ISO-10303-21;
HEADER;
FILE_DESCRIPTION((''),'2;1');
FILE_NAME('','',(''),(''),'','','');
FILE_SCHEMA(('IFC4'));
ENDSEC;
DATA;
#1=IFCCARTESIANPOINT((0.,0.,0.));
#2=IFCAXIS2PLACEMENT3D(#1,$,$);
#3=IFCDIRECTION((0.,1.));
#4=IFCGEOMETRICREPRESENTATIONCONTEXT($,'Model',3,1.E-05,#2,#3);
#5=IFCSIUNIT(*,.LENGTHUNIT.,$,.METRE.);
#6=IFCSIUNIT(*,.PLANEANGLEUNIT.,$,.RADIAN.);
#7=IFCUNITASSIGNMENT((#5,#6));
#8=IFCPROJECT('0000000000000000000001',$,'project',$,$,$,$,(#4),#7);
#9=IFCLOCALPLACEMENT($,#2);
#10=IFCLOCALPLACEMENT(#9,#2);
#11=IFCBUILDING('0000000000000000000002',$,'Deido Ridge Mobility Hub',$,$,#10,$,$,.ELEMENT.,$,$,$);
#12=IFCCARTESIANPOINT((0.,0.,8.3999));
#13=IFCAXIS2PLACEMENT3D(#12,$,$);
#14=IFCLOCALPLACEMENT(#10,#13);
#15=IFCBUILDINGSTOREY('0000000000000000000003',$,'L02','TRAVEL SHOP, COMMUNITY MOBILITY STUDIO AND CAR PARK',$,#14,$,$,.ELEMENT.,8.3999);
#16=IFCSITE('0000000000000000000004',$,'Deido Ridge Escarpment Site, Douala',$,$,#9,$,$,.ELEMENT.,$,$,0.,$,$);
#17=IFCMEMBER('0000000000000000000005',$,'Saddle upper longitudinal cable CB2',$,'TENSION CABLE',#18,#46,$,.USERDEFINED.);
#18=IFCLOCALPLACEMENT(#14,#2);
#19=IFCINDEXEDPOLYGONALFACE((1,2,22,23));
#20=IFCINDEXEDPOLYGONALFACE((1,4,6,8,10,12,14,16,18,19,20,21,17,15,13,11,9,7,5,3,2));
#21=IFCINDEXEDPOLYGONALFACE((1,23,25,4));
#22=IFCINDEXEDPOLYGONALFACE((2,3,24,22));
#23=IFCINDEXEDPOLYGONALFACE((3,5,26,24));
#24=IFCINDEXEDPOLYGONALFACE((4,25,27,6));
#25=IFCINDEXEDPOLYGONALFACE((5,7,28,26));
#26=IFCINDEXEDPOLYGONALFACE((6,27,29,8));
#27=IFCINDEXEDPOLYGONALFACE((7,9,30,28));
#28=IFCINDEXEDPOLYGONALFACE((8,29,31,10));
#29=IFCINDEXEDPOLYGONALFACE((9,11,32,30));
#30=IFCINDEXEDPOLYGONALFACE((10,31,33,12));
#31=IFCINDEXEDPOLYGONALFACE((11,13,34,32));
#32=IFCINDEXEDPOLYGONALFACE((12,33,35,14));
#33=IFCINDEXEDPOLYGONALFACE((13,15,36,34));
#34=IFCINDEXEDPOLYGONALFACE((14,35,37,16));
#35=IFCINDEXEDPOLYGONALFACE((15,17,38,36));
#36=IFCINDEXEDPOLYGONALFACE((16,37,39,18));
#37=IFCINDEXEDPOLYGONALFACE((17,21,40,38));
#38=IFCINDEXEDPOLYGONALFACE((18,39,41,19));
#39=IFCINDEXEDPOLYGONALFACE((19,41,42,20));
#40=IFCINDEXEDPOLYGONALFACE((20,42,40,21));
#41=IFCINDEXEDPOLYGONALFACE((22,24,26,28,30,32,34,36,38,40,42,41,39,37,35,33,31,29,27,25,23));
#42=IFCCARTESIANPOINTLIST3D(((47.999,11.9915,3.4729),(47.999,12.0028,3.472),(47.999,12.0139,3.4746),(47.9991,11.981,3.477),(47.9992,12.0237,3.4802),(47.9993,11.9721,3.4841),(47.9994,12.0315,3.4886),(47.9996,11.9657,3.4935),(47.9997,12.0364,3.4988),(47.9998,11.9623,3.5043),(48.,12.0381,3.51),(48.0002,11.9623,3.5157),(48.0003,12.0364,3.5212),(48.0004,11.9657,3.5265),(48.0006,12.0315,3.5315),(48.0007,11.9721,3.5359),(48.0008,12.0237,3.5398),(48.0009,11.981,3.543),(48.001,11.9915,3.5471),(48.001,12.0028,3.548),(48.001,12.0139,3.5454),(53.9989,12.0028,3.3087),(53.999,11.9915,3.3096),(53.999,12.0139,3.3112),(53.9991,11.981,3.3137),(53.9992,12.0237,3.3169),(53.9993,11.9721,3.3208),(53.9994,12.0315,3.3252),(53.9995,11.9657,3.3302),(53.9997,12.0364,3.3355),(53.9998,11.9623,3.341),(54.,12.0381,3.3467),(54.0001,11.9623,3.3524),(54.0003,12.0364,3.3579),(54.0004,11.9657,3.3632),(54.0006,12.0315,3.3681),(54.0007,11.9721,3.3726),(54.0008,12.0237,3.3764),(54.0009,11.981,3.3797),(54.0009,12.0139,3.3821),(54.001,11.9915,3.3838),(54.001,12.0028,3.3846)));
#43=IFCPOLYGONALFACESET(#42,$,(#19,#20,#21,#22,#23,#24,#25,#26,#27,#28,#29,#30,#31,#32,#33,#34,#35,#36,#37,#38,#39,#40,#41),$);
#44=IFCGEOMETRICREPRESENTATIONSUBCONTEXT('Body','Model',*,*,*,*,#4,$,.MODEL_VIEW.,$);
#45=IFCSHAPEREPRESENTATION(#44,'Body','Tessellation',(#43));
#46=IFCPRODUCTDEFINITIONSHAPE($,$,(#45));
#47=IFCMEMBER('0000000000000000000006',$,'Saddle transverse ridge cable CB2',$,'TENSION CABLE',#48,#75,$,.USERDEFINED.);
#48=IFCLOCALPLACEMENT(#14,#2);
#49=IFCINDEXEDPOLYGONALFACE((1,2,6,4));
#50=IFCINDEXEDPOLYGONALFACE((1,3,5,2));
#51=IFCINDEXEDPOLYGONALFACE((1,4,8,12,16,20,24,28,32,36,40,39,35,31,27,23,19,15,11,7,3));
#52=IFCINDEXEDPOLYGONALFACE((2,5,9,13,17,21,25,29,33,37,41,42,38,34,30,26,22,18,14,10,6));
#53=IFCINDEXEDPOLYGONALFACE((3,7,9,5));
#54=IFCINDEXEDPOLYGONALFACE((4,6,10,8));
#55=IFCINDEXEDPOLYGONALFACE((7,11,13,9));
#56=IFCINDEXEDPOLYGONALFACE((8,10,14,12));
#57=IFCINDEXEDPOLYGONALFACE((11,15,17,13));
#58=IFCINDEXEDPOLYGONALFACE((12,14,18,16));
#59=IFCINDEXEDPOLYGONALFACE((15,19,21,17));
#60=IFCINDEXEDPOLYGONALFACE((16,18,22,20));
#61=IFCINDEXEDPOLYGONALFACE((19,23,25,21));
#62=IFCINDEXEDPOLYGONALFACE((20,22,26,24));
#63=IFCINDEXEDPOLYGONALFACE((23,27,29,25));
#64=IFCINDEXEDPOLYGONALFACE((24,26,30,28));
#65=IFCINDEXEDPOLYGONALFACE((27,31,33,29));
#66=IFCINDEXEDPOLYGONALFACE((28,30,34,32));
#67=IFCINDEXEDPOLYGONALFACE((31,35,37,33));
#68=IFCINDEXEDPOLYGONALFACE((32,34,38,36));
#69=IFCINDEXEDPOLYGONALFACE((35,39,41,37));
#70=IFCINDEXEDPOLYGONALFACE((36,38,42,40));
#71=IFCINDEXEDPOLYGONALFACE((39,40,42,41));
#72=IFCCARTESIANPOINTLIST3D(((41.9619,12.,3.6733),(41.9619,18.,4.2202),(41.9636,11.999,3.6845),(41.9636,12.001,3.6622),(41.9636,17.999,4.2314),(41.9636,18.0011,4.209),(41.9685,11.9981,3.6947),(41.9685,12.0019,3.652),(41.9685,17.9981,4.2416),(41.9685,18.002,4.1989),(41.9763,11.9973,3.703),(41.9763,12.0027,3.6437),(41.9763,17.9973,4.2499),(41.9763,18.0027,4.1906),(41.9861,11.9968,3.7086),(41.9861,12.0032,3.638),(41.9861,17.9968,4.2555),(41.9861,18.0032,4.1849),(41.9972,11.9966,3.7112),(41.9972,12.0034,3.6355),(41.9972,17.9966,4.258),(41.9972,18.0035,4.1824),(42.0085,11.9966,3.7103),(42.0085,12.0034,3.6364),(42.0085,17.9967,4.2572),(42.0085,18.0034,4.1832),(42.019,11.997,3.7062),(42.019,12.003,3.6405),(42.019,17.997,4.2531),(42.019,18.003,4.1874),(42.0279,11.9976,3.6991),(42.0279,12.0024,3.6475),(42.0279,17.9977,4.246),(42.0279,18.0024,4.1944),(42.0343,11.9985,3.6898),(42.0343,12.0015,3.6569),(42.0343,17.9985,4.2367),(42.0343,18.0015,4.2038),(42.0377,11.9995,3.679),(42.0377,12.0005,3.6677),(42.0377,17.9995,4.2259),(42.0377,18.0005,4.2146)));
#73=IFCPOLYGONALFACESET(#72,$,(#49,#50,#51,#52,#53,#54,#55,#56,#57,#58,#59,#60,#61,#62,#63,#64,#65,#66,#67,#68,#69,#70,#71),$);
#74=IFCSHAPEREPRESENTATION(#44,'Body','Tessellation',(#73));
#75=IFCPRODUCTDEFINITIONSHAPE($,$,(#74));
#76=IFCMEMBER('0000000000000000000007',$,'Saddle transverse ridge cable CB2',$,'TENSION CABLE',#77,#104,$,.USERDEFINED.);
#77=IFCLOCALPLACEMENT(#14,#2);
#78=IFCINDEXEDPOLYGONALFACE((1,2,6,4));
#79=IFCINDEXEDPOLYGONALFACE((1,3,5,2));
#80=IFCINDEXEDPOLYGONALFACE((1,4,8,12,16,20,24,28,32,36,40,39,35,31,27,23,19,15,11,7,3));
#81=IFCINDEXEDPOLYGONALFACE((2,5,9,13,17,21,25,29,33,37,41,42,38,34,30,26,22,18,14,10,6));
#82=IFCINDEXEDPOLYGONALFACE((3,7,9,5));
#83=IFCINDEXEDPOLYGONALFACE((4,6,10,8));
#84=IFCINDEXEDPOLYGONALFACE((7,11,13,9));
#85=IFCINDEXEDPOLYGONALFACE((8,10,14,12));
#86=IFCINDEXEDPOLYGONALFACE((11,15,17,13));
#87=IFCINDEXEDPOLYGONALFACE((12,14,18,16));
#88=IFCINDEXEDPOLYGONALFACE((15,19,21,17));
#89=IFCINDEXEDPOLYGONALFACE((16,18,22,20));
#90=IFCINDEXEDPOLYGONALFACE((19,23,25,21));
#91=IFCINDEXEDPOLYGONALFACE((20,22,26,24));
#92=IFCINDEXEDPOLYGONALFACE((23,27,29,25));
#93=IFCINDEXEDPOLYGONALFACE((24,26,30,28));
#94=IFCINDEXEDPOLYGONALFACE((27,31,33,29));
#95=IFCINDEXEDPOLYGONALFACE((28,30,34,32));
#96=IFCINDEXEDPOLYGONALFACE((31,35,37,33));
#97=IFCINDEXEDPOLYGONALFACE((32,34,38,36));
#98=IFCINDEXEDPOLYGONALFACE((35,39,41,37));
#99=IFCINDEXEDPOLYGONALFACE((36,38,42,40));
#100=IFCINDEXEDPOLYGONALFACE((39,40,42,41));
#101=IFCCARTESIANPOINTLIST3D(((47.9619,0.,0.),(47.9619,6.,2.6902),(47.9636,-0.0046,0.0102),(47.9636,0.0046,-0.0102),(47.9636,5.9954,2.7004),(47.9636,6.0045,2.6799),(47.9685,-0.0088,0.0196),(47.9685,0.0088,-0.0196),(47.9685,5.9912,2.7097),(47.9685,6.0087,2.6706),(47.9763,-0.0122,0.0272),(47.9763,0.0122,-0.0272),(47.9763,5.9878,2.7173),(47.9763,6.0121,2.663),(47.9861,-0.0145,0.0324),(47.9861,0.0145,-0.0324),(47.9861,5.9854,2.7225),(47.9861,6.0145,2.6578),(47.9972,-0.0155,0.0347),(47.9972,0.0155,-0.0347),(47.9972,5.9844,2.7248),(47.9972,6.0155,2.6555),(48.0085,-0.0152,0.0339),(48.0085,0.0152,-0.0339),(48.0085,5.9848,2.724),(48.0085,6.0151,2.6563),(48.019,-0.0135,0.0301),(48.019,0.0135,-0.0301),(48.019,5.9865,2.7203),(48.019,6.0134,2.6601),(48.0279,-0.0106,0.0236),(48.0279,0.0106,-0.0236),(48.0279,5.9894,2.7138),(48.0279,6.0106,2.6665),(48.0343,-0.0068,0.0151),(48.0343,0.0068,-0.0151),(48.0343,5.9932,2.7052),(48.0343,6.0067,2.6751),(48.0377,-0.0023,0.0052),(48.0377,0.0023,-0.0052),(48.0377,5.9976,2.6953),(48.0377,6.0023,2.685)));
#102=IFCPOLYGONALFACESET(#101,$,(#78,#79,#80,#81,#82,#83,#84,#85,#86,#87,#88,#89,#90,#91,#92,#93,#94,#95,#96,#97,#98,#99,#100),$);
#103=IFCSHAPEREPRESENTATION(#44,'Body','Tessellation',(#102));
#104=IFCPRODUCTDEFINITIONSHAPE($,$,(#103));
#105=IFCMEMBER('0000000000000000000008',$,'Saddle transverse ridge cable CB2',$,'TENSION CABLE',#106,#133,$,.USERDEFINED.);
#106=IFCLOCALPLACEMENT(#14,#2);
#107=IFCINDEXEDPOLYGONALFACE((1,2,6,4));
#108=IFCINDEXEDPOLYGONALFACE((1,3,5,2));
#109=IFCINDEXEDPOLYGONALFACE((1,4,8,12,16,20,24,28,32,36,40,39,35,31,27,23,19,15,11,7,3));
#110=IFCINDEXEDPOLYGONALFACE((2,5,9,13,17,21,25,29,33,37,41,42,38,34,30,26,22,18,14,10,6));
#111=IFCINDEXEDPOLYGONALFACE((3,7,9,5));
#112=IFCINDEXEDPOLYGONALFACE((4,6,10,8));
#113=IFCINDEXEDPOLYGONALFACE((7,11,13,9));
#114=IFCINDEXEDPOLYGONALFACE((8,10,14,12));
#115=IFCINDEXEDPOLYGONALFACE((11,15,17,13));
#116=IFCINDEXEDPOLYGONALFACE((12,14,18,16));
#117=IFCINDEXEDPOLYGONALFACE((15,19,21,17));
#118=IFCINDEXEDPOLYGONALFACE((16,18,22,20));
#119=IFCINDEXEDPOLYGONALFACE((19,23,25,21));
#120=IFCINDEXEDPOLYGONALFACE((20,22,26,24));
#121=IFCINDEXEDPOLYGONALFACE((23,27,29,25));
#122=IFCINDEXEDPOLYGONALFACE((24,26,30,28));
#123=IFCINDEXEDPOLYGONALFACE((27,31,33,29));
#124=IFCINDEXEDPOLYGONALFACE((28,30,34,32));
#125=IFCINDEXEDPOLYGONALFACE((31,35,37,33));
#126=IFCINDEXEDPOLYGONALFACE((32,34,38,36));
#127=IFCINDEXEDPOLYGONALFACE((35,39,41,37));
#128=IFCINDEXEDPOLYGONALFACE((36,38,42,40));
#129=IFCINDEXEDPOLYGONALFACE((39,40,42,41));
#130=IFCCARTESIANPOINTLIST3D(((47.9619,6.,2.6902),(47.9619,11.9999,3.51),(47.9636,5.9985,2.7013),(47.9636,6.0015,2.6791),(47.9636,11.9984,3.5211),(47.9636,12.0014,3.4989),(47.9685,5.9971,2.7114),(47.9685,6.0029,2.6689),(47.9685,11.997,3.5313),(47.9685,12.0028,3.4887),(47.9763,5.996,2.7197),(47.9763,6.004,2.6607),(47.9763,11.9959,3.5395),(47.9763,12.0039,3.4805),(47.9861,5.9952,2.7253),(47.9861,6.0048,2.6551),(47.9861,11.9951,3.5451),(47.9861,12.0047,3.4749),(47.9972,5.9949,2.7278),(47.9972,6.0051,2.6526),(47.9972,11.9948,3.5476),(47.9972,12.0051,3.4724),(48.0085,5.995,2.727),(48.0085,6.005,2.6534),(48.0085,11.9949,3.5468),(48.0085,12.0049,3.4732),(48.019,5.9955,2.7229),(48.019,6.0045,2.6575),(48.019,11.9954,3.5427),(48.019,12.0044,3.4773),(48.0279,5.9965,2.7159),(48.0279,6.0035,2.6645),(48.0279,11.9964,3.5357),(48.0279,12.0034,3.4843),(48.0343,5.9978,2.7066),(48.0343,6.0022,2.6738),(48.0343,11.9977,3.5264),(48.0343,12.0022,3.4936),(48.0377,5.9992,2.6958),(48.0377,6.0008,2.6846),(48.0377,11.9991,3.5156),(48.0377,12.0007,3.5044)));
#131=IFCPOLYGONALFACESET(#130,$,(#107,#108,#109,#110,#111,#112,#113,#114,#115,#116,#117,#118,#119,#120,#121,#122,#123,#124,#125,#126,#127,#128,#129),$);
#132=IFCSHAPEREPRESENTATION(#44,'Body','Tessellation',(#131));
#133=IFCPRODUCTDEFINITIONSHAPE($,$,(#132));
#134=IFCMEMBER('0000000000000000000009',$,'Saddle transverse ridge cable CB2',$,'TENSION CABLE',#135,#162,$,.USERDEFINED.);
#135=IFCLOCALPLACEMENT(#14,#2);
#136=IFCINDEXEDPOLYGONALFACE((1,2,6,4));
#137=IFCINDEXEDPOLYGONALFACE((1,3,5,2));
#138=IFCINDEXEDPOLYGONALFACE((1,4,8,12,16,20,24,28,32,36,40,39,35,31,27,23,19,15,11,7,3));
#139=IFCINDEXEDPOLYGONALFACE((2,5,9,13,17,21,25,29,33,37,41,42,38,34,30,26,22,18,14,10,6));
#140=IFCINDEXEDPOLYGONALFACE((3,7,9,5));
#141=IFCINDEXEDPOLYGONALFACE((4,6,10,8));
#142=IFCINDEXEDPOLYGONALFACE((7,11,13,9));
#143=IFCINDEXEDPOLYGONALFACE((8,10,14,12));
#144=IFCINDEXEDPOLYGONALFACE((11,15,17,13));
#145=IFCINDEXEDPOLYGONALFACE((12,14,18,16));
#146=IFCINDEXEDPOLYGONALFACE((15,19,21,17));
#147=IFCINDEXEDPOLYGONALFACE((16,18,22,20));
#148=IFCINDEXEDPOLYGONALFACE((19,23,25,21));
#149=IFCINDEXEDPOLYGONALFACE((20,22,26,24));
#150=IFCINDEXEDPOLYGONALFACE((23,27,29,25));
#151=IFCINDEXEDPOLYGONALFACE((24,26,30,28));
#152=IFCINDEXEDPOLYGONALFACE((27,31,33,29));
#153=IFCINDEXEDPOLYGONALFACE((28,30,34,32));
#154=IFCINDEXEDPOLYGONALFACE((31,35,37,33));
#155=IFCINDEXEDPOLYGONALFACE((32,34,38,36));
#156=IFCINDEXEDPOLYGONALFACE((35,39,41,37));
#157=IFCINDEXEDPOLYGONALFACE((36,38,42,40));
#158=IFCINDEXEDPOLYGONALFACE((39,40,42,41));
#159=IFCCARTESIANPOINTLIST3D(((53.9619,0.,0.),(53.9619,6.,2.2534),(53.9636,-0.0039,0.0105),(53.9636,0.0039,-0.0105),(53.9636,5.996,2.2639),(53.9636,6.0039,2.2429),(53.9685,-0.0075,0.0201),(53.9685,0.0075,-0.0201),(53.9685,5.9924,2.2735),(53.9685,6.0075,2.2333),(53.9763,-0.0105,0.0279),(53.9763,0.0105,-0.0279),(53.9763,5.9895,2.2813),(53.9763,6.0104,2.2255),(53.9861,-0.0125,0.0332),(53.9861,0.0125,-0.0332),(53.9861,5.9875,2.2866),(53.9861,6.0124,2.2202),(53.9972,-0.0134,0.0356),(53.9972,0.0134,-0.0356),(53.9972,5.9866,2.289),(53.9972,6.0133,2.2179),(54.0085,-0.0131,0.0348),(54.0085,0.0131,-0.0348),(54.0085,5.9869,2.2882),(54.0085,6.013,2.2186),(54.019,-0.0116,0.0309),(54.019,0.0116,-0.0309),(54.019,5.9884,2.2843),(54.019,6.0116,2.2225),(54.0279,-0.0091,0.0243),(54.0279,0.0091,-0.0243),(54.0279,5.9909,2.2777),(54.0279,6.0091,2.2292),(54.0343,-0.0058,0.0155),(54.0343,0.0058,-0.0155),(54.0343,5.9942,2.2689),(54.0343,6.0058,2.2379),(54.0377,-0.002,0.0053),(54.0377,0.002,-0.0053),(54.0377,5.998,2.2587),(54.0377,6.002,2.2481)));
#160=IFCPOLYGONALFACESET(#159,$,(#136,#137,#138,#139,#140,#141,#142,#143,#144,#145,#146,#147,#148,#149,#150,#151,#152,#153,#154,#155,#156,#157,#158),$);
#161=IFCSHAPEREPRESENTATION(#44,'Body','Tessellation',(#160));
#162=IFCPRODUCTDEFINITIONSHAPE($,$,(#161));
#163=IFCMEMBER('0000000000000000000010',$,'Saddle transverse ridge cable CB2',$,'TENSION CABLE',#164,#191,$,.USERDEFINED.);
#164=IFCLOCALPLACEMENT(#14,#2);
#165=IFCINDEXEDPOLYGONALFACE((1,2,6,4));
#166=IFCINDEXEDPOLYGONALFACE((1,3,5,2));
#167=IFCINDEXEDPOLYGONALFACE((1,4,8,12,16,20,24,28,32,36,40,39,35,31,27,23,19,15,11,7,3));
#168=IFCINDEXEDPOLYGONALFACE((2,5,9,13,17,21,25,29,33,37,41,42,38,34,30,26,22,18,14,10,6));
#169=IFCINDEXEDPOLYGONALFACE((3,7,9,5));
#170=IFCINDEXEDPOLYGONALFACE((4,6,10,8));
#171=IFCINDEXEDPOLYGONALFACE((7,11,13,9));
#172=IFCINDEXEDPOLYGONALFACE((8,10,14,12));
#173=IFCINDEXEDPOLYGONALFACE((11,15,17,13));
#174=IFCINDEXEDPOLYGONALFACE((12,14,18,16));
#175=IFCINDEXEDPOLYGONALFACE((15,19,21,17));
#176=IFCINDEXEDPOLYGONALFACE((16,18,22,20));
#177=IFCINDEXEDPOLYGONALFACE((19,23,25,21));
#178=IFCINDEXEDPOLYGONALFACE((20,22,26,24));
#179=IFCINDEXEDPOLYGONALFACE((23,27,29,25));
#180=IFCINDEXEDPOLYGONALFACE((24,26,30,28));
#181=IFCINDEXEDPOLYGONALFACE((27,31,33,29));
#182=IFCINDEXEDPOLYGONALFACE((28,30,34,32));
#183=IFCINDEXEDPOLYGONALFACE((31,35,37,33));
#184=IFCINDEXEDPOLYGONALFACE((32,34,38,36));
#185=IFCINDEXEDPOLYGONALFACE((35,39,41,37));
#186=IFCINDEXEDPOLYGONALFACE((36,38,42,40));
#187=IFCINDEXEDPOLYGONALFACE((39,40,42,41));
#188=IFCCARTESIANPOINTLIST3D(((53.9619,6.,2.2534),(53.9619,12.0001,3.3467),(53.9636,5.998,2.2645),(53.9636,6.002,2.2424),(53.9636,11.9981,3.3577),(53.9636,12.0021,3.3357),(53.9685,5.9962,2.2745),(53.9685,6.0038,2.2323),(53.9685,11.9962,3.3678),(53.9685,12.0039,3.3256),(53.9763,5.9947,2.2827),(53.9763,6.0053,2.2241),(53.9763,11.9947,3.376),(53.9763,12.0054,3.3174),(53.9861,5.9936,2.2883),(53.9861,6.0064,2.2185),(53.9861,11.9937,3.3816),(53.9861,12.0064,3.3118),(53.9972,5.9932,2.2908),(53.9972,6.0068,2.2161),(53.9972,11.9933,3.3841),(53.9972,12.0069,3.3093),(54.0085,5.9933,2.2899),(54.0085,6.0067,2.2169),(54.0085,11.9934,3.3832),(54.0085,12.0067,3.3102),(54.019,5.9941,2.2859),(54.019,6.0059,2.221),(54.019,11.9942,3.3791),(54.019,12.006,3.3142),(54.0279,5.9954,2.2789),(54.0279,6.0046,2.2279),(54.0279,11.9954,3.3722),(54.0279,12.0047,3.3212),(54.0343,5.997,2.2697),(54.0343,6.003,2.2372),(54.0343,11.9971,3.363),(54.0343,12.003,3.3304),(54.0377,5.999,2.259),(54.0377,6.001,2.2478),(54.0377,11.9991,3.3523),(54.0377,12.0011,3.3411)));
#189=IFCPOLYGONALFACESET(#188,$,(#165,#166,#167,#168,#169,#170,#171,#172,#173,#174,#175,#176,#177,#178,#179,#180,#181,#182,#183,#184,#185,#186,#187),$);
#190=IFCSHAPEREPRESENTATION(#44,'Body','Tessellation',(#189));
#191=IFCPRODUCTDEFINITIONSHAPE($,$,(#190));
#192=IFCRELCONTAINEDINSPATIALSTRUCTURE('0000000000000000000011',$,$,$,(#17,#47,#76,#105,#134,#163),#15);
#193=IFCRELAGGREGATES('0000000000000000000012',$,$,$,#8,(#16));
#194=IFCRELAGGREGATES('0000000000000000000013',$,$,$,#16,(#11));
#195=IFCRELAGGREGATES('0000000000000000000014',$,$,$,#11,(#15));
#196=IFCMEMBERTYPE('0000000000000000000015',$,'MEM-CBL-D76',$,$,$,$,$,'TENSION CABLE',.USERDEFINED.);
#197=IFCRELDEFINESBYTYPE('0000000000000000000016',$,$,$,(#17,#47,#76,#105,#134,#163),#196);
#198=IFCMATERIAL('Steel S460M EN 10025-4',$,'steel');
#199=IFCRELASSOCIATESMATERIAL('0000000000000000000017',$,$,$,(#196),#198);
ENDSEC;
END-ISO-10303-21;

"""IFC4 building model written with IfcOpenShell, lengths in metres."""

from ifc_helpers import new_model, si_unit, direction, frame, origin, origin_2d, place, context, subcontext, project, spatial, circle, extrude, material, material_profile, profile_set, type_object, element, save


model = new_model("IFC4")

# Units and contexts
model_context = context("Model", 3, precision=1e-05, world=origin(), true_north=direction((0.0, 1.0)))
body_context = subcontext(model_context, "Body", "Model", "MODEL_VIEW")
ifc_project = project(units=[si_unit("LENGTHUNIT", "METRE"), si_unit("PLANEANGLEUNIT", "RADIAN")], contexts=[model_context])

# Site, building, storey
site_placement = place(None, origin())
site = spatial("IfcSite", under=ifc_project, at=site_placement, Name="Deido Ridge Escarpment Site, Douala", CompositionType="ELEMENT", RefElevation=0.0)
building_placement = place(site_placement, origin())
building = spatial("IfcBuilding", under=site, at=building_placement, Name="Deido Ridge Mobility Hub", CompositionType="ELEMENT")
storey_placement = place(building_placement, frame((0.0, 0.0, 8.3999)))
storey = spatial("IfcBuildingStorey", under=building, at=storey_placement, Name="L02", Description="TRAVEL SHOP, COMMUNITY MOBILITY STUDIO AND CAR PARK", CompositionType="ELEMENT", Elevation=8.3999)

# Members
ifc_material_1 = material(Name="Steel S460M EN 10025-4", Category="steel")
ifc_material_profile_1 = material_profile(ifc_material_1, circle(Radius=0.0381, at=origin_2d()), Name="CABLE D76")
ifc_profile_set_1 = profile_set([ifc_material_profile_1], Name="Steel S460M EN 10025-4")
member_type_1 = type_object("IfcMemberType", Name="MEM-CBL-D76", ElementType="TENSION CABLE", PredefinedType="USERDEFINED", material=ifc_profile_set_1)
for number, where, z_axis, x_axis, name in (
    (1, (48.0, 12.0, 3.51), (0.99963, 0.0, -0.027212), (0.0, 1.0, 0.0), "Saddle upper longitudinal cable CB2"),
):
    element("IfcMember", number, at=place(storey_placement, frame(where, z_axis=z_axis, x_axis=x_axis)), inside=storey, type_object=member_type_1, Name=name, ObjectType="TENSION CABLE", PredefinedType="USERDEFINED", context=body_context, shape_type="SweptSolid", body=[
        extrude(circle(Radius=0.0381, at=origin_2d()), origin(), (0.0, 0.0, 1.0), 6.0022),
    ])
member_1_placement = place(storey_placement, frame((42.0, 12.0, 3.6733), z_axis=(0.0, 0.995872, 0.09077), x_axis=(-1.0, 0.0, 0.0)))
element("IfcMember", 2, at=member_1_placement, inside=storey, type_object=member_type_1, Name="Saddle transverse ridge cable CB2", ObjectType="TENSION CABLE", PredefinedType="USERDEFINED", context=body_context, shape_type="SweptSolid", body=[
    extrude(circle(Radius=0.0381, at=origin_2d()), origin(), (0.0, 0.0, 1.0), 6.0249),
])
member_2_placement = place(storey_placement, frame((48.0, 0.0, 0.0), z_axis=(0.0, 0.912479, 0.409123), x_axis=(-1.0, 0.0, 0.0)))
element("IfcMember", 3, at=member_2_placement, inside=storey, type_object=member_type_1, Name="Saddle transverse ridge cable CB2", ObjectType="TENSION CABLE", PredefinedType="USERDEFINED", context=body_context, shape_type="SweptSolid", body=[
    extrude(circle(Radius=0.0381, at=origin_2d()), origin(), (0.0, 0.0, 1.0), 6.5754),
])
member_3_placement = place(storey_placement, frame((48.0, 6.0, 2.6902), z_axis=(0.0, 0.990794, 0.135379), x_axis=(-1.0, 0.0, 0.0)))
element("IfcMember", 4, at=member_3_placement, inside=storey, type_object=member_type_1, Name="Saddle transverse ridge cable CB2", ObjectType="TENSION CABLE", PredefinedType="USERDEFINED", context=body_context, shape_type="SweptSolid", body=[
    extrude(circle(Radius=0.0381, at=origin_2d()), origin(), (0.0, 0.0, 1.0), 6.0557),
])
member_4_placement = place(storey_placement, frame((54.0, 0.0, 0.0), z_axis=(0.0, 0.936154, 0.351591), x_axis=(-1.0, 0.0, 0.0)))
element("IfcMember", 5, at=member_4_placement, inside=storey, type_object=member_type_1, Name="Saddle transverse ridge cable CB2", ObjectType="TENSION CABLE", PredefinedType="USERDEFINED", context=body_context, shape_type="SweptSolid", body=[
    extrude(circle(Radius=0.0381, at=origin_2d()), origin(), (0.0, 0.0, 1.0), 6.4092),
])
member_5_placement = place(storey_placement, frame((54.0, 6.0, 2.2534), z_axis=(0.0, 0.983802, 0.179259), x_axis=(-1.0, 0.0, 0.0)))
element("IfcMember", 6, at=member_5_placement, inside=storey, type_object=member_type_1, Name="Saddle transverse ridge cable CB2", ObjectType="TENSION CABLE", PredefinedType="USERDEFINED", context=body_context, shape_type="SweptSolid", body=[
    extrude(circle(Radius=0.0381, at=origin_2d()), origin(), (0.0, 0.0, 1.0), 6.0989),
])

save(model, "model.ifc")
